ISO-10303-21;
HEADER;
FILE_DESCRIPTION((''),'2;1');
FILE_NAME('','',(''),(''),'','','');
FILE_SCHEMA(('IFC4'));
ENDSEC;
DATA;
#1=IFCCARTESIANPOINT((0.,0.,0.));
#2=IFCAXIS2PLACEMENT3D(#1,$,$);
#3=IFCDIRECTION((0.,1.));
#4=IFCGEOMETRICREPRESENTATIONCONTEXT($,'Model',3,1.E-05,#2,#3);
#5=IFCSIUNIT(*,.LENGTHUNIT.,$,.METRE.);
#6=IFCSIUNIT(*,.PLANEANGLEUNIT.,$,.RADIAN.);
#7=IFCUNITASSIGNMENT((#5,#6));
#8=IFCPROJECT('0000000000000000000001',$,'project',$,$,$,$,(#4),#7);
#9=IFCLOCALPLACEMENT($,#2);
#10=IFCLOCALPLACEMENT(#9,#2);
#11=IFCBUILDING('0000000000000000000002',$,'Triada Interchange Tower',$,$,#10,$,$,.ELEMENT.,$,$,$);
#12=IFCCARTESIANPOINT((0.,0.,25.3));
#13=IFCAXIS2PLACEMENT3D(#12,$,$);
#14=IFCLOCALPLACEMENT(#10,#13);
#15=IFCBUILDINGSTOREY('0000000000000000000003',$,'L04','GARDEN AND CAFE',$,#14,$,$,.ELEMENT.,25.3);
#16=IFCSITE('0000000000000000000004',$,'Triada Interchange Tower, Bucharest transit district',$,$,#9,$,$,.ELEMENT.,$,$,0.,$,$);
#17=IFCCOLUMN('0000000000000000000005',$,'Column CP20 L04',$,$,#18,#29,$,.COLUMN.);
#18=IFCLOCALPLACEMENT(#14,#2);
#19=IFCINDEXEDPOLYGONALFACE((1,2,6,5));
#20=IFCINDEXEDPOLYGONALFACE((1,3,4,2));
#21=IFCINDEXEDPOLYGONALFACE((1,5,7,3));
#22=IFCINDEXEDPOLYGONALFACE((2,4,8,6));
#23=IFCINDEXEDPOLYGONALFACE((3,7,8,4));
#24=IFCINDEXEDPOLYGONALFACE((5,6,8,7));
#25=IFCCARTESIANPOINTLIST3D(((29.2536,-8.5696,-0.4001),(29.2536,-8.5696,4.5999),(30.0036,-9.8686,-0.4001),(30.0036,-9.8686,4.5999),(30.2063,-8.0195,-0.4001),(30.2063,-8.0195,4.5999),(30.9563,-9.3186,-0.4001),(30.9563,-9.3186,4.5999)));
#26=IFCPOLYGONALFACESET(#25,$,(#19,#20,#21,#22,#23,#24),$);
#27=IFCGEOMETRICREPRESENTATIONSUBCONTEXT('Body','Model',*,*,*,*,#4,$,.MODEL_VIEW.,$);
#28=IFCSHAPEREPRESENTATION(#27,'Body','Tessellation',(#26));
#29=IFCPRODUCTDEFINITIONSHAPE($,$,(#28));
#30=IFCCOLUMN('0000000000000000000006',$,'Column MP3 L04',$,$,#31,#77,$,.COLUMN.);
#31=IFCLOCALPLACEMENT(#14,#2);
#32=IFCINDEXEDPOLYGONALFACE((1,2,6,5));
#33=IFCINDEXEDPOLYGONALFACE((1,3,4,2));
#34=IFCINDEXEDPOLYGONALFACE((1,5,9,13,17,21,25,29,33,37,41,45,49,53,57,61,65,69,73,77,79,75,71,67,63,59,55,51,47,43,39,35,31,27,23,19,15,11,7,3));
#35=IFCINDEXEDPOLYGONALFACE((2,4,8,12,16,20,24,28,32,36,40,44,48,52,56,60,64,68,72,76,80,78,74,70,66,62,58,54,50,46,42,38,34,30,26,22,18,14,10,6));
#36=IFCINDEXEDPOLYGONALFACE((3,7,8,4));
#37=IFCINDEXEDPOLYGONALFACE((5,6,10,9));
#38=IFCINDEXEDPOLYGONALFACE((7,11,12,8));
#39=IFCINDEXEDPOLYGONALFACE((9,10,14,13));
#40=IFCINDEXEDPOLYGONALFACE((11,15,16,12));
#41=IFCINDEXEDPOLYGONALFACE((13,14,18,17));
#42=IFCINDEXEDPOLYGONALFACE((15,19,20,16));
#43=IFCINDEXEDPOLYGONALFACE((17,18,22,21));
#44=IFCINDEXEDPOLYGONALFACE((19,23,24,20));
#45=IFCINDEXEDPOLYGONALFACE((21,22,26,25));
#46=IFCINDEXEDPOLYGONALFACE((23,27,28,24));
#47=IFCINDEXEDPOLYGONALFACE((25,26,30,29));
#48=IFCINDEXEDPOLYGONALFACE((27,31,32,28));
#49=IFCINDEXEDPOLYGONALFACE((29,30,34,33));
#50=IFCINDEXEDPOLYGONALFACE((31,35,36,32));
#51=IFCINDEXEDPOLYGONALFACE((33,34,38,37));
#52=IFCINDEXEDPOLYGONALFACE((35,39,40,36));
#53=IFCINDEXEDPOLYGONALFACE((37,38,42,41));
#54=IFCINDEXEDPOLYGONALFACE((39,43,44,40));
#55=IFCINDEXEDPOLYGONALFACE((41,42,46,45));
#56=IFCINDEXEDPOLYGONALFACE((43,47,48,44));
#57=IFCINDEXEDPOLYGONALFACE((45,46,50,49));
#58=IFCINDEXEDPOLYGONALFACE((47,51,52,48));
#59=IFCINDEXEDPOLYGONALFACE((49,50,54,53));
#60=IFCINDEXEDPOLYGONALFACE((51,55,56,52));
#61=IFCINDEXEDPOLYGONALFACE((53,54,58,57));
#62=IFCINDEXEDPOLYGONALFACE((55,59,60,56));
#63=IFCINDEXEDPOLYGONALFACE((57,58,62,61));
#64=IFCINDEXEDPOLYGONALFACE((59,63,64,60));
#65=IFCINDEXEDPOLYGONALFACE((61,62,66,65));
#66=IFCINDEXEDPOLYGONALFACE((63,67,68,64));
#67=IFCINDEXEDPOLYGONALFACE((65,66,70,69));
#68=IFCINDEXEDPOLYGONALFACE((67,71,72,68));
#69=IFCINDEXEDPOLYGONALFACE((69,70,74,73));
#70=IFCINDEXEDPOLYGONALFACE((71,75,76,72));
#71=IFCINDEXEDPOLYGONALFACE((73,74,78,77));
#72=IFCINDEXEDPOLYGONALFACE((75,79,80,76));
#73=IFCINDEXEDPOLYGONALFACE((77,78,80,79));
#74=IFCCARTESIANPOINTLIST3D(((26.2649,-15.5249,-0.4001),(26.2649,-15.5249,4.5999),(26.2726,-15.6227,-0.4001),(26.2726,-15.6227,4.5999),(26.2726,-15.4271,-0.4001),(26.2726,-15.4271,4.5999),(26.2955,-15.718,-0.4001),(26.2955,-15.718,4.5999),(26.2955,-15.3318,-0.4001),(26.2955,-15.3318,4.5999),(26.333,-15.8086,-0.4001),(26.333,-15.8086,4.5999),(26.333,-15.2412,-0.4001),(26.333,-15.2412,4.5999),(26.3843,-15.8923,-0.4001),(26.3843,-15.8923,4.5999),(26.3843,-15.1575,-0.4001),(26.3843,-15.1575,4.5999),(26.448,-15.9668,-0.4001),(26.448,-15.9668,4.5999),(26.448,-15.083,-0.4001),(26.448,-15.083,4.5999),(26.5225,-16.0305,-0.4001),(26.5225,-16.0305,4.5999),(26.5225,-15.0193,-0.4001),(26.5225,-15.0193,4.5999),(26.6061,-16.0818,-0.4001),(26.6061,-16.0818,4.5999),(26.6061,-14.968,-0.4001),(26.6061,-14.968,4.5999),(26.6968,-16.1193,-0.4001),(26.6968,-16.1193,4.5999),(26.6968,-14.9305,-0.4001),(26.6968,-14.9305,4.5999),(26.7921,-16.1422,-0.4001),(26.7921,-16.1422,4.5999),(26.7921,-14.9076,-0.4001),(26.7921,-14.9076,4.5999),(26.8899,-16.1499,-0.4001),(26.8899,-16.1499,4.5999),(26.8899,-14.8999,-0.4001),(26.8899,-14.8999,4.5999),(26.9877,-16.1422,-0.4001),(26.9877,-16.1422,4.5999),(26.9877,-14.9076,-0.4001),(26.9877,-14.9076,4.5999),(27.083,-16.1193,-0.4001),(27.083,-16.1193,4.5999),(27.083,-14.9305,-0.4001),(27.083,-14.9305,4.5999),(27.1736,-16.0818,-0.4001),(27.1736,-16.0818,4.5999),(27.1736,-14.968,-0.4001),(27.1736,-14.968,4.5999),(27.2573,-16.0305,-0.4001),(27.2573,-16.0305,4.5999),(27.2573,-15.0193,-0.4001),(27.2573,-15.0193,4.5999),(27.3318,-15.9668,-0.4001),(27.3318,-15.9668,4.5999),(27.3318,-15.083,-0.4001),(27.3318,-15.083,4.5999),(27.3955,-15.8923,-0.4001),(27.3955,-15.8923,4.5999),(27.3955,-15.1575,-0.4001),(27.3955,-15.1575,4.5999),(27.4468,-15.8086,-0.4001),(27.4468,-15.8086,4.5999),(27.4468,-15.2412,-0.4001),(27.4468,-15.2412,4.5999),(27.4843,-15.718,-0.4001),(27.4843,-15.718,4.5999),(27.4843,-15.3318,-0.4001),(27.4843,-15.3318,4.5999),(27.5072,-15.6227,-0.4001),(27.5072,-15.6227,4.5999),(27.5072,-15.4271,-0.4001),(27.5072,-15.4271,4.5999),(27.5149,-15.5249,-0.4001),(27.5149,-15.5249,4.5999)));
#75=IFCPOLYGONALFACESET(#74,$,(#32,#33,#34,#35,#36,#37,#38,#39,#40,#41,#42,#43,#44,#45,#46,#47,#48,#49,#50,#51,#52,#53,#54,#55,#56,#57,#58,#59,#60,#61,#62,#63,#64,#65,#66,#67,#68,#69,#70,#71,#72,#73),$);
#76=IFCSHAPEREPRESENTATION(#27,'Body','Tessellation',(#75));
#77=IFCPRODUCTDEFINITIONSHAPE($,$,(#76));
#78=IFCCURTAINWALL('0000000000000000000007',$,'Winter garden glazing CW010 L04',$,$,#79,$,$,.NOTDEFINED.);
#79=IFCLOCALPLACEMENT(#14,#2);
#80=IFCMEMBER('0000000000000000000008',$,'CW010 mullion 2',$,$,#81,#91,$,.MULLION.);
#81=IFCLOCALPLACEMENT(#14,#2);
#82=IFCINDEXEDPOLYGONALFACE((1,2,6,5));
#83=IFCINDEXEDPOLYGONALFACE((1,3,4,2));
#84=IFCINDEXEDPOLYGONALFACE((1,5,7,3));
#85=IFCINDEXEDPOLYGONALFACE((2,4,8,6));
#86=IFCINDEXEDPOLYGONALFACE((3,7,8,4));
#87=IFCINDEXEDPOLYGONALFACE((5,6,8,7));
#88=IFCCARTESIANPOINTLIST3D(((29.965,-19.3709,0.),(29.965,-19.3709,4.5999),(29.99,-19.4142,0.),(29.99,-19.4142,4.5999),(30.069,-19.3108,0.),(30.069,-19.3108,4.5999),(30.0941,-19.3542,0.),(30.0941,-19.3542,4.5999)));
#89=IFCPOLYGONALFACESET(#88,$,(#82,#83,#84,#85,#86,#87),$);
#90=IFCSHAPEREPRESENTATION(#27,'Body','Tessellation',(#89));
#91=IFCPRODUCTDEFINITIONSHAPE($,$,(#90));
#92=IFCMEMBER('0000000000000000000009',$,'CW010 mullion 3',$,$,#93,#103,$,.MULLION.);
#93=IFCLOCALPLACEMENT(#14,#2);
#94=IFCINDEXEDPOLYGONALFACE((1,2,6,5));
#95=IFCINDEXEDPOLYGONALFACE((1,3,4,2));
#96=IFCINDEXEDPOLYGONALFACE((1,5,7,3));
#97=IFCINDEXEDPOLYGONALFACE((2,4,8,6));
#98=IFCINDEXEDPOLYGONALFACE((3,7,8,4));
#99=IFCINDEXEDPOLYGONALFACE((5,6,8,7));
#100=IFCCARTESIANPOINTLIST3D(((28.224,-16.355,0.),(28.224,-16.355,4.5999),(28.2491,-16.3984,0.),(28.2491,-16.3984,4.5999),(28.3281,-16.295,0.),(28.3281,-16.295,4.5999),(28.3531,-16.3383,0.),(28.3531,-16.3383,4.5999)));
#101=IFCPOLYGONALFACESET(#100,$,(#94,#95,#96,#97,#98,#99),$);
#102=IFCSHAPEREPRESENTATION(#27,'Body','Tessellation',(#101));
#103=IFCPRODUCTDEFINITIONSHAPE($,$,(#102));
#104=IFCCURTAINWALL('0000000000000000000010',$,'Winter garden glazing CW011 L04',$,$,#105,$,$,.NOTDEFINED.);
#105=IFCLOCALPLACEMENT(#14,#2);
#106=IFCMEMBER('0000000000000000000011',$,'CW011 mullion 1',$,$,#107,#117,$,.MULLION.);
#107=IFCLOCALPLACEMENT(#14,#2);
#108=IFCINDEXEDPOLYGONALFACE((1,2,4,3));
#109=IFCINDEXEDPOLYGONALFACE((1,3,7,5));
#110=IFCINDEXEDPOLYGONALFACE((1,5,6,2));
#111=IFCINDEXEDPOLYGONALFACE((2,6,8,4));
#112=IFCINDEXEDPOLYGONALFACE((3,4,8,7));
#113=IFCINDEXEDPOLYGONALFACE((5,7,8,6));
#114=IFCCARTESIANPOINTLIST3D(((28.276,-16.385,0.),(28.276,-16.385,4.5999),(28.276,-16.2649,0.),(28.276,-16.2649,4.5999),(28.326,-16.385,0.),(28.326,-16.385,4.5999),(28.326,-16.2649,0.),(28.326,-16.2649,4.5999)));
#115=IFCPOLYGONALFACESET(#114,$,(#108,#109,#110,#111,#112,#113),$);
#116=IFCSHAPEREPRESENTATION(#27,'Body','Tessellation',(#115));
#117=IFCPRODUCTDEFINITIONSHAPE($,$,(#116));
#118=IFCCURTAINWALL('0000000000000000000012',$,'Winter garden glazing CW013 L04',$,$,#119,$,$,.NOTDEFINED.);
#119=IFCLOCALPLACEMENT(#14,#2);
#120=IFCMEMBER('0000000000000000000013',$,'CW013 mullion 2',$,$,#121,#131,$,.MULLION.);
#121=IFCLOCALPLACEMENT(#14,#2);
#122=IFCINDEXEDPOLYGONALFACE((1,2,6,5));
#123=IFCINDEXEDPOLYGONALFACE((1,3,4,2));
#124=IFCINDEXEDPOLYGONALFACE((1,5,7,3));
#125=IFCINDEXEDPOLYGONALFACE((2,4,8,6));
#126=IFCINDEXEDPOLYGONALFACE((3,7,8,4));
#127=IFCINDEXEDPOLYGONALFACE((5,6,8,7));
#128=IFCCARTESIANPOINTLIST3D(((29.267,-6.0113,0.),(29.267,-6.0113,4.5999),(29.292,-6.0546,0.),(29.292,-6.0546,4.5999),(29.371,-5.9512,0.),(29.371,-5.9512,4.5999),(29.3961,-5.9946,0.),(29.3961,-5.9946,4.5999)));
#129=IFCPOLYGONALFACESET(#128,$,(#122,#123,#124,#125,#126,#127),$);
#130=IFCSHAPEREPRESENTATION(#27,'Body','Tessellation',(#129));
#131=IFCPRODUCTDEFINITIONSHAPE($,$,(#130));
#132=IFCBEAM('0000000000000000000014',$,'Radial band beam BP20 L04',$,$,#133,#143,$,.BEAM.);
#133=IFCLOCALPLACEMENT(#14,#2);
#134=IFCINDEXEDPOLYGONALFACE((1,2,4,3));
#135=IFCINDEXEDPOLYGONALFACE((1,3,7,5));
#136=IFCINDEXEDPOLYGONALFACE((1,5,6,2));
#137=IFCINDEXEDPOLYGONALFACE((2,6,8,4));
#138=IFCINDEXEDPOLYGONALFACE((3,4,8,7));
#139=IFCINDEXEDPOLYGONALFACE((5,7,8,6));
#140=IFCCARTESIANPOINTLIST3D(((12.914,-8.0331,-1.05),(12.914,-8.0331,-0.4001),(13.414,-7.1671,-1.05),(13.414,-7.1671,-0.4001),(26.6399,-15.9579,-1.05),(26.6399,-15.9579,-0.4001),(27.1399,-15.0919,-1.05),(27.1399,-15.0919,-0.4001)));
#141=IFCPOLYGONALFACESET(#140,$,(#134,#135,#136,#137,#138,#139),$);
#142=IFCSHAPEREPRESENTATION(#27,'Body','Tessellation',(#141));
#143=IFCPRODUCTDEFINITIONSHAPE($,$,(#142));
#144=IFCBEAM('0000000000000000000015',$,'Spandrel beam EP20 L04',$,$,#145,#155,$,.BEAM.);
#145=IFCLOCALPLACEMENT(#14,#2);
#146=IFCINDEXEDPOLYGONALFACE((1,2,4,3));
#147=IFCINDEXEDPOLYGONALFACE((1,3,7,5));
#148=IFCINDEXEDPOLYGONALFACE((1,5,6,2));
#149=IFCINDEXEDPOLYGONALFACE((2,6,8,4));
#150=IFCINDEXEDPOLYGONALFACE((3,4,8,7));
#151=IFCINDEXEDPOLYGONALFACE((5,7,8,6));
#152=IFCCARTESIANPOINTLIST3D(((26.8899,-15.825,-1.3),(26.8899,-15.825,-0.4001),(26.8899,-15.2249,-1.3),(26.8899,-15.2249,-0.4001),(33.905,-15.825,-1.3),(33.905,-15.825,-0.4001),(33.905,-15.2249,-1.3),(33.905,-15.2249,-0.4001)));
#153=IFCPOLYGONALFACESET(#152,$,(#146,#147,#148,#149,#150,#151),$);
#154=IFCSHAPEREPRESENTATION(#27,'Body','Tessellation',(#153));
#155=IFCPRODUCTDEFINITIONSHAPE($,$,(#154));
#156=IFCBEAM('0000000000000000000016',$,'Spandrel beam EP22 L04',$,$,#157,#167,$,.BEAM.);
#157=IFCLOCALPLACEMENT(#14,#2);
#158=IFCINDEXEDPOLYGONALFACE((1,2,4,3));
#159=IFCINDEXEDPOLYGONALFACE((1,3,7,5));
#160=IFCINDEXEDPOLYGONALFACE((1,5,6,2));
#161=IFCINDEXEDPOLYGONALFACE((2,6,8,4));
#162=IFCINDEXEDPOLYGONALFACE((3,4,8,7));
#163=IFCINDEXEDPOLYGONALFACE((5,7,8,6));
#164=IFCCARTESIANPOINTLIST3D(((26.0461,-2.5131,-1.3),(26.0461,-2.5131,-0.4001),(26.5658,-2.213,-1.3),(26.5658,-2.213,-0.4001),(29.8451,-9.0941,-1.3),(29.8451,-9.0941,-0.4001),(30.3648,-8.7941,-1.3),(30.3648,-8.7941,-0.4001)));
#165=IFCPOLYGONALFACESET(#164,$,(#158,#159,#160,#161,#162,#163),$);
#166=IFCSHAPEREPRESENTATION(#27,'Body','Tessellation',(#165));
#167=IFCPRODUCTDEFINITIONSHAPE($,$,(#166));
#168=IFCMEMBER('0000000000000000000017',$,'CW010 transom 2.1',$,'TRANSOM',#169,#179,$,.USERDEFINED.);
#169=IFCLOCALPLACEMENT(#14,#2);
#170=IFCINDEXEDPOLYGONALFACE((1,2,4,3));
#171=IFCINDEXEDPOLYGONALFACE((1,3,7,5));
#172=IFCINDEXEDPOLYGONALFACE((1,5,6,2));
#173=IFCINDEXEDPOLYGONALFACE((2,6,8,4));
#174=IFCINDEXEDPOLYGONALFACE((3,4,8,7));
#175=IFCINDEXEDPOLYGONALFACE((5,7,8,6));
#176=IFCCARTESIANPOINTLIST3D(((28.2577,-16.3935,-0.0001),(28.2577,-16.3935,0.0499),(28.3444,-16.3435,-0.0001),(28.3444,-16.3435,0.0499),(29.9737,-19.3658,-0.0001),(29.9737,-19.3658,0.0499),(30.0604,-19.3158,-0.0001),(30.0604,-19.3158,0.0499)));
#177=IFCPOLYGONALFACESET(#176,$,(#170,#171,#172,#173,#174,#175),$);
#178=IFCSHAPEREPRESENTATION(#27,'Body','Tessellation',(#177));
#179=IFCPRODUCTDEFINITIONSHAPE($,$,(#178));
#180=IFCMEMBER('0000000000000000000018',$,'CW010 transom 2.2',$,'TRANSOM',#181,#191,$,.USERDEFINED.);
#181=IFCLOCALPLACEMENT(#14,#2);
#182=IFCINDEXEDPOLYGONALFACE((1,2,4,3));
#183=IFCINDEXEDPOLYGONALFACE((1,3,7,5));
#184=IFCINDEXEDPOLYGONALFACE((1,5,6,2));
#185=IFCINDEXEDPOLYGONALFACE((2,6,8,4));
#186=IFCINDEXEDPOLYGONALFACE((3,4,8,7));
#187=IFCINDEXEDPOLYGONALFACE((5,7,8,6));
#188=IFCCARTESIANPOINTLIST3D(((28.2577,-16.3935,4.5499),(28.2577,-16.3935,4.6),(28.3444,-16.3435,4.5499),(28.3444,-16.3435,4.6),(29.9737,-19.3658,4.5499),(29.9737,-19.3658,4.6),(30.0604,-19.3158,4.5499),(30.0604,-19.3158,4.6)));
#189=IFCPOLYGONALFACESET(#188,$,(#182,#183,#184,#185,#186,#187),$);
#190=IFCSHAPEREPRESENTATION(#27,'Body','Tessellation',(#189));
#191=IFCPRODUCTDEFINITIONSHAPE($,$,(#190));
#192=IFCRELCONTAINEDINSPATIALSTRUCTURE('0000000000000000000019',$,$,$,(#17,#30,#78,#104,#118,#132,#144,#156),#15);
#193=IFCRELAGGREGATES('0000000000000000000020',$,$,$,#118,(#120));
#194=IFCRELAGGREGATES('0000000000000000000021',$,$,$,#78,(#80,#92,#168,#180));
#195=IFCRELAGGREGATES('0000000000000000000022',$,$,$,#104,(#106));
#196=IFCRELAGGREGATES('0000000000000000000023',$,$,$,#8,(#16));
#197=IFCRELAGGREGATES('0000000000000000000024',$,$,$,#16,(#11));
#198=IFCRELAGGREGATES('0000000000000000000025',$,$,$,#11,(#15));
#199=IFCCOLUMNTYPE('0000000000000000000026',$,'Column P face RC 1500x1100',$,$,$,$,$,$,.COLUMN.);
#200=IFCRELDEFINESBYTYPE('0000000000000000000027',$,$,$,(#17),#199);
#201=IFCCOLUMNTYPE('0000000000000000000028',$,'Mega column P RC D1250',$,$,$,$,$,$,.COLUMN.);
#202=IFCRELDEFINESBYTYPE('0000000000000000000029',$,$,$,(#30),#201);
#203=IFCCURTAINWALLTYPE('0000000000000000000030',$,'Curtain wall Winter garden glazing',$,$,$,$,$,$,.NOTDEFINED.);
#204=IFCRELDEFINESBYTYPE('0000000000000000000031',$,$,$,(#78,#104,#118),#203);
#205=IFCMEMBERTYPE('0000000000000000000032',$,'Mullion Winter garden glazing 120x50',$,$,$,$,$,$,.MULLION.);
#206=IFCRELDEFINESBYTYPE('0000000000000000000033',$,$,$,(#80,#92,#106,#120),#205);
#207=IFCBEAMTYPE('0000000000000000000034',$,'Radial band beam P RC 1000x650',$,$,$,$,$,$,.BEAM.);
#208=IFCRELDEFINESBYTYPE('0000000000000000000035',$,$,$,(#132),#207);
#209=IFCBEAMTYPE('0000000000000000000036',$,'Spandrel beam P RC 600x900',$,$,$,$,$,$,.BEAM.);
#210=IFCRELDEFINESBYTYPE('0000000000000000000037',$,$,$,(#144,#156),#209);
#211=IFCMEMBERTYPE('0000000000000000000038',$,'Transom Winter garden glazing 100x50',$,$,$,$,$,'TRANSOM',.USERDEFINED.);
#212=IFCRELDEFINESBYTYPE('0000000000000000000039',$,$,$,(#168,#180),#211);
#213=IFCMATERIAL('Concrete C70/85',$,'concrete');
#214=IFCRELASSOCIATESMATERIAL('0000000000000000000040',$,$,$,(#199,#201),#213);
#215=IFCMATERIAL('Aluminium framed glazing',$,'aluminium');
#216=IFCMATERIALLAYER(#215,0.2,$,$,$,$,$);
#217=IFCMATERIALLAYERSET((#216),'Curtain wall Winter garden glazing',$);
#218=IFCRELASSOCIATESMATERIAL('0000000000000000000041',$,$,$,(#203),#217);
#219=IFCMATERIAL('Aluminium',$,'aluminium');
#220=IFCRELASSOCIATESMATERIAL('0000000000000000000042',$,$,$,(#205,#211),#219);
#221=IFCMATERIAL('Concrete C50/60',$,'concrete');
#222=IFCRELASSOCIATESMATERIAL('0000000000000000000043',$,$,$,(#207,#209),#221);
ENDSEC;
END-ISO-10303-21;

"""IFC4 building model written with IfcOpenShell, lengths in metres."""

from ifc_helpers import new_model, si_unit, direction, frame, origin, origin_2d, place, context, subcontext, project, spatial, rectangle, circle, extrude, material, layer, layer_set, material_profile, profile_set, type_object, element, aggregate, save


model = new_model("IFC4")

# Units and contexts
model_context = context("Model", 3, precision=1e-05, world=origin(), true_north=direction((0.0, 1.0)))
body_context = subcontext(model_context, "Body", "Model", "MODEL_VIEW")
ifc_project = project(units=[si_unit("LENGTHUNIT", "METRE"), si_unit("PLANEANGLEUNIT", "RADIAN")], contexts=[model_context])

# Site, building, storey
site_placement = place(None, origin())
site = spatial("IfcSite", under=ifc_project, at=site_placement, Name="Triada Interchange Tower, Bucharest transit district", CompositionType="ELEMENT", RefElevation=0.0)
building_placement = place(site_placement, origin())
building = spatial("IfcBuilding", under=site, at=building_placement, Name="Triada Interchange Tower", CompositionType="ELEMENT")
storey_placement = place(building_placement, frame((0.0, 0.0, 25.3)))
storey = spatial("IfcBuildingStorey", under=building, at=storey_placement, Name="L04", Description="GARDEN AND CAFE", CompositionType="ELEMENT", Elevation=25.3)

# Columns
ifc_material_1 = material(Name="Concrete C70/85", Category="concrete")
ifc_material_profile_1 = material_profile(ifc_material_1, rectangle(XDim=1.5, YDim=1.1001, at=origin_2d()), Name="RC 1500x1100")
ifc_profile_set_1 = profile_set([ifc_material_profile_1], Name="Concrete C70/85")
column_type_1 = type_object("IfcColumnType", Name="Column P face RC 1500x1100", PredefinedType="COLUMN", material=ifc_profile_set_1)
column_1_placement = place(storey_placement, frame((30.105, -8.9441, -0.4001), z_axis=(0.0, 0.0, 1.0), x_axis=(-0.5, 0.866025, 0.0)))
element("IfcColumn", 1, at=column_1_placement, inside=storey, type_object=column_type_1, Name="Column CP20 L04", PredefinedType="COLUMN", context=body_context, shape_type="SweptSolid", body=[
    extrude(rectangle(XDim=1.5, YDim=1.1001, at=origin_2d()), origin(), (0.0, 0.0, 1.0), 5.0),
])
ifc_material_profile_2 = material_profile(ifc_material_1, circle(Radius=0.625, at=origin_2d()), Name="RC D1250")
ifc_profile_set_2 = profile_set([ifc_material_profile_2], Name="Concrete C70/85")
column_type_2 = type_object("IfcColumnType", Name="Mega column P RC D1250", PredefinedType="COLUMN", material=ifc_profile_set_2)
column_2_placement = place(storey_placement, frame((26.8899, -15.5249, -0.4001), z_axis=(0.0, 0.0, 1.0), x_axis=(1.0, 0.0, 0.0)))
element("IfcColumn", 2, at=column_2_placement, inside=storey, type_object=column_type_2, Name="Column MP3 L04", PredefinedType="COLUMN", context=body_context, shape_type="SweptSolid", body=[
    extrude(circle(Radius=0.625, at=origin_2d()), origin(), (0.0, 0.0, 1.0), 5.0),
])

# Curtain wall, members
ifc_material_2 = material(Name="Aluminium framed glazing", Category="aluminium")
ifc_layer_1 = layer(ifc_material_2, 0.2)
ifc_layer_set_1 = layer_set([ifc_layer_1], Name="Curtain wall Winter garden glazing")
curtain_wall_type = type_object("IfcCurtainWallType", Name="Curtain wall Winter garden glazing", PredefinedType="NOTDEFINED", material=ifc_layer_set_1)
curtain_wall_1_placement = place(storey_placement, origin())
curtain_wall_1 = element("IfcCurtainWall", 3, at=curtain_wall_1_placement, inside=storey, type_object=curtain_wall_type, Name="Winter garden glazing CW010 L04", PredefinedType="NOTDEFINED")
ifc_material_3 = material(Name="Aluminium", Category="aluminium")
ifc_material_profile_3 = material_profile(ifc_material_3, rectangle(XDim=0.1201, YDim=0.05, at=origin_2d()), Name="Aluminium mullion")
ifc_profile_set_3 = profile_set([ifc_material_profile_3], Name="Aluminium")
member_type_1 = type_object("IfcMemberType", Name="Mullion Winter garden glazing 120x50", PredefinedType="MULLION", material=ifc_profile_set_3)
member_1_placement = place(storey_placement, frame((30.0295, -19.3625, 0.0), z_axis=(0.0, 0.0, 1.0), x_axis=(-0.86605, -0.499957, 0.0)))
member_1 = element("IfcMember", 4, at=member_1_placement, type_object=member_type_1, Name="CW010 mullion 2", PredefinedType="MULLION", context=body_context, shape_type="SweptSolid", body=[
    extrude(rectangle(XDim=0.1201, YDim=0.05, at=origin_2d()), origin(), (0.0, 0.0, 1.0), 4.5999),
])
member_2_placement = place(storey_placement, frame((28.2886, -16.3467, 0.0), z_axis=(0.0, 0.0, 1.0), x_axis=(-0.86605, -0.499957, 0.0)))
member_2 = element("IfcMember", 5, at=member_2_placement, type_object=member_type_1, Name="CW010 mullion 3", PredefinedType="MULLION", context=body_context, shape_type="SweptSolid", body=[
    extrude(rectangle(XDim=0.1201, YDim=0.05, at=origin_2d()), origin(), (0.0, 0.0, 1.0), 4.5999),
])

# Curtain walls, members
curtain_wall_2_placement = place(storey_placement, origin())
curtain_wall_2 = element("IfcCurtainWall", 6, at=curtain_wall_2_placement, inside=storey, type_object=curtain_wall_type, Name="Winter garden glazing CW011 L04", PredefinedType="NOTDEFINED")
member_3_placement = place(storey_placement, frame((28.301, -16.325, 0.0), z_axis=(0.0, 0.0, 1.0), x_axis=(0.0, 1.0, 0.0)))
member_3 = element("IfcMember", 7, at=member_3_placement, type_object=member_type_1, Name="CW011 mullion 1", PredefinedType="MULLION", context=body_context, shape_type="SweptSolid", body=[
    extrude(rectangle(XDim=0.1201, YDim=0.05, at=origin_2d()), origin(), (0.0, 0.0, 1.0), 4.5999),
])
curtain_wall_3_placement = place(storey_placement, origin())
curtain_wall_3 = element("IfcCurtainWall", 8, at=curtain_wall_3_placement, inside=storey, type_object=curtain_wall_type, Name="Winter garden glazing CW013 L04", PredefinedType="NOTDEFINED")
member_4_placement = place(storey_placement, frame((29.3315, -6.0029, 0.0), z_axis=(0.0, 0.0, 1.0), x_axis=(-0.866055, -0.499948, 0.0)))
member_4 = element("IfcMember", 9, at=member_4_placement, type_object=member_type_1, Name="CW013 mullion 2", PredefinedType="MULLION", context=body_context, shape_type="SweptSolid", body=[
    extrude(rectangle(XDim=0.1201, YDim=0.05, at=origin_2d()), origin(), (0.0, 0.0, 1.0), 4.5999),
])

# Beams
ifc_material_4 = material(Name="Concrete C50/60", Category="concrete")
ifc_material_profile_4 = material_profile(ifc_material_4, rectangle(XDim=1.0, YDim=0.6499, at=origin_2d()), Name="RC 1000x650")
ifc_profile_set_4 = profile_set([ifc_material_profile_4], Name="Concrete C50/60")
beam_type_1 = type_object("IfcBeamType", Name="Radial band beam P RC 1000x650", PredefinedType="BEAM", material=ifc_profile_set_4)
beam_1_placement = place(storey_placement, frame((26.8899, -15.5249, -0.7251), z_axis=(-0.86602, 0.500009, 0.0), x_axis=(-0.500009, -0.86602, 0.0)))
element("IfcBeam", 10, at=beam_1_placement, inside=storey, type_object=beam_type_1, Name="Radial band beam BP20 L04", PredefinedType="BEAM", context=body_context, shape_type="SweptSolid", body=[
    extrude(rectangle(XDim=1.0, YDim=0.6499, at=origin_2d()), origin(), (0.0, 0.0, 1.0), 15.8494),
])
ifc_material_profile_5 = material_profile(ifc_material_4, rectangle(XDim=0.6001, YDim=0.8999, at=origin_2d()), Name="RC 600x900")
ifc_profile_set_5 = profile_set([ifc_material_profile_5], Name="Concrete C50/60")
beam_type_2 = type_object("IfcBeamType", Name="Spandrel beam P RC 600x900", PredefinedType="BEAM", material=ifc_profile_set_5)
beam_2_placement = place(storey_placement, frame((26.8899, -15.5249, -0.8501), z_axis=(1.0, 0.0, 0.0), x_axis=(0.0, 1.0, 0.0)))
element("IfcBeam", 11, at=beam_2_placement, inside=storey, type_object=beam_type_2, Name="Spandrel beam EP20 L04", PredefinedType="BEAM", context=body_context, shape_type="SweptSolid", body=[
    extrude(rectangle(XDim=0.6001, YDim=0.8999, at=origin_2d()), origin(), (0.0, 0.0, 1.0), 7.0151),
])
beam_3_placement = place(storey_placement, frame((30.105, -8.9441, -0.8501), z_axis=(-0.499951, 0.866054, 0.0), x_axis=(-0.866054, -0.499951, 0.0)))
element("IfcBeam", 12, at=beam_3_placement, inside=storey, type_object=beam_type_2, Name="Spandrel beam EP22 L04", PredefinedType="BEAM", context=body_context, shape_type="SweptSolid", body=[
    extrude(rectangle(XDim=0.6001, YDim=0.8999, at=origin_2d()), origin(), (0.0, 0.0, 1.0), 7.5989),
])

# Members
ifc_material_profile_6 = material_profile(ifc_material_3, rectangle(XDim=0.1001, YDim=0.05, at=origin_2d()), Name="Aluminium transom")
ifc_profile_set_6 = profile_set([ifc_material_profile_6], Name="Aluminium")
member_type_2 = type_object("IfcMemberType", Name="Transom Winter garden glazing 100x50", ElementType="TRANSOM", PredefinedType="USERDEFINED", material=ifc_profile_set_6)
member_5_placement = place(storey_placement, frame((30.0171, -19.3408, 0.0249), z_axis=(-0.499987, 0.866033, 0.0), x_axis=(-0.866033, -0.499987, 0.0)))
member_5 = element("IfcMember", 13, at=member_5_placement, type_object=member_type_2, Name="CW010 transom 2.1", ObjectType="TRANSOM", PredefinedType="USERDEFINED", context=body_context, shape_type="SweptSolid", body=[
    extrude(rectangle(XDim=0.1001, YDim=0.05, at=origin_2d()), origin(), (0.0, 0.0, 1.0), 3.4321),
])
member_6_placement = place(storey_placement, frame((30.0171, -19.3408, 4.575), z_axis=(-0.499987, 0.866033, 0.0), x_axis=(-0.866033, -0.499987, 0.0)))
member_6 = element("IfcMember", 14, at=member_6_placement, type_object=member_type_2, Name="CW010 transom 2.2", ObjectType="TRANSOM", PredefinedType="USERDEFINED", context=body_context, shape_type="SweptSolid", body=[
    extrude(rectangle(XDim=0.1001, YDim=0.05, at=origin_2d()), origin(), (0.0, 0.0, 1.0), 3.4321),
])
aggregate(curtain_wall_3, [member_4])

aggregate(curtain_wall_1, [member_1, member_2, member_5, member_6])
aggregate(curtain_wall_2, [member_3])

save(model, "model.ifc")
